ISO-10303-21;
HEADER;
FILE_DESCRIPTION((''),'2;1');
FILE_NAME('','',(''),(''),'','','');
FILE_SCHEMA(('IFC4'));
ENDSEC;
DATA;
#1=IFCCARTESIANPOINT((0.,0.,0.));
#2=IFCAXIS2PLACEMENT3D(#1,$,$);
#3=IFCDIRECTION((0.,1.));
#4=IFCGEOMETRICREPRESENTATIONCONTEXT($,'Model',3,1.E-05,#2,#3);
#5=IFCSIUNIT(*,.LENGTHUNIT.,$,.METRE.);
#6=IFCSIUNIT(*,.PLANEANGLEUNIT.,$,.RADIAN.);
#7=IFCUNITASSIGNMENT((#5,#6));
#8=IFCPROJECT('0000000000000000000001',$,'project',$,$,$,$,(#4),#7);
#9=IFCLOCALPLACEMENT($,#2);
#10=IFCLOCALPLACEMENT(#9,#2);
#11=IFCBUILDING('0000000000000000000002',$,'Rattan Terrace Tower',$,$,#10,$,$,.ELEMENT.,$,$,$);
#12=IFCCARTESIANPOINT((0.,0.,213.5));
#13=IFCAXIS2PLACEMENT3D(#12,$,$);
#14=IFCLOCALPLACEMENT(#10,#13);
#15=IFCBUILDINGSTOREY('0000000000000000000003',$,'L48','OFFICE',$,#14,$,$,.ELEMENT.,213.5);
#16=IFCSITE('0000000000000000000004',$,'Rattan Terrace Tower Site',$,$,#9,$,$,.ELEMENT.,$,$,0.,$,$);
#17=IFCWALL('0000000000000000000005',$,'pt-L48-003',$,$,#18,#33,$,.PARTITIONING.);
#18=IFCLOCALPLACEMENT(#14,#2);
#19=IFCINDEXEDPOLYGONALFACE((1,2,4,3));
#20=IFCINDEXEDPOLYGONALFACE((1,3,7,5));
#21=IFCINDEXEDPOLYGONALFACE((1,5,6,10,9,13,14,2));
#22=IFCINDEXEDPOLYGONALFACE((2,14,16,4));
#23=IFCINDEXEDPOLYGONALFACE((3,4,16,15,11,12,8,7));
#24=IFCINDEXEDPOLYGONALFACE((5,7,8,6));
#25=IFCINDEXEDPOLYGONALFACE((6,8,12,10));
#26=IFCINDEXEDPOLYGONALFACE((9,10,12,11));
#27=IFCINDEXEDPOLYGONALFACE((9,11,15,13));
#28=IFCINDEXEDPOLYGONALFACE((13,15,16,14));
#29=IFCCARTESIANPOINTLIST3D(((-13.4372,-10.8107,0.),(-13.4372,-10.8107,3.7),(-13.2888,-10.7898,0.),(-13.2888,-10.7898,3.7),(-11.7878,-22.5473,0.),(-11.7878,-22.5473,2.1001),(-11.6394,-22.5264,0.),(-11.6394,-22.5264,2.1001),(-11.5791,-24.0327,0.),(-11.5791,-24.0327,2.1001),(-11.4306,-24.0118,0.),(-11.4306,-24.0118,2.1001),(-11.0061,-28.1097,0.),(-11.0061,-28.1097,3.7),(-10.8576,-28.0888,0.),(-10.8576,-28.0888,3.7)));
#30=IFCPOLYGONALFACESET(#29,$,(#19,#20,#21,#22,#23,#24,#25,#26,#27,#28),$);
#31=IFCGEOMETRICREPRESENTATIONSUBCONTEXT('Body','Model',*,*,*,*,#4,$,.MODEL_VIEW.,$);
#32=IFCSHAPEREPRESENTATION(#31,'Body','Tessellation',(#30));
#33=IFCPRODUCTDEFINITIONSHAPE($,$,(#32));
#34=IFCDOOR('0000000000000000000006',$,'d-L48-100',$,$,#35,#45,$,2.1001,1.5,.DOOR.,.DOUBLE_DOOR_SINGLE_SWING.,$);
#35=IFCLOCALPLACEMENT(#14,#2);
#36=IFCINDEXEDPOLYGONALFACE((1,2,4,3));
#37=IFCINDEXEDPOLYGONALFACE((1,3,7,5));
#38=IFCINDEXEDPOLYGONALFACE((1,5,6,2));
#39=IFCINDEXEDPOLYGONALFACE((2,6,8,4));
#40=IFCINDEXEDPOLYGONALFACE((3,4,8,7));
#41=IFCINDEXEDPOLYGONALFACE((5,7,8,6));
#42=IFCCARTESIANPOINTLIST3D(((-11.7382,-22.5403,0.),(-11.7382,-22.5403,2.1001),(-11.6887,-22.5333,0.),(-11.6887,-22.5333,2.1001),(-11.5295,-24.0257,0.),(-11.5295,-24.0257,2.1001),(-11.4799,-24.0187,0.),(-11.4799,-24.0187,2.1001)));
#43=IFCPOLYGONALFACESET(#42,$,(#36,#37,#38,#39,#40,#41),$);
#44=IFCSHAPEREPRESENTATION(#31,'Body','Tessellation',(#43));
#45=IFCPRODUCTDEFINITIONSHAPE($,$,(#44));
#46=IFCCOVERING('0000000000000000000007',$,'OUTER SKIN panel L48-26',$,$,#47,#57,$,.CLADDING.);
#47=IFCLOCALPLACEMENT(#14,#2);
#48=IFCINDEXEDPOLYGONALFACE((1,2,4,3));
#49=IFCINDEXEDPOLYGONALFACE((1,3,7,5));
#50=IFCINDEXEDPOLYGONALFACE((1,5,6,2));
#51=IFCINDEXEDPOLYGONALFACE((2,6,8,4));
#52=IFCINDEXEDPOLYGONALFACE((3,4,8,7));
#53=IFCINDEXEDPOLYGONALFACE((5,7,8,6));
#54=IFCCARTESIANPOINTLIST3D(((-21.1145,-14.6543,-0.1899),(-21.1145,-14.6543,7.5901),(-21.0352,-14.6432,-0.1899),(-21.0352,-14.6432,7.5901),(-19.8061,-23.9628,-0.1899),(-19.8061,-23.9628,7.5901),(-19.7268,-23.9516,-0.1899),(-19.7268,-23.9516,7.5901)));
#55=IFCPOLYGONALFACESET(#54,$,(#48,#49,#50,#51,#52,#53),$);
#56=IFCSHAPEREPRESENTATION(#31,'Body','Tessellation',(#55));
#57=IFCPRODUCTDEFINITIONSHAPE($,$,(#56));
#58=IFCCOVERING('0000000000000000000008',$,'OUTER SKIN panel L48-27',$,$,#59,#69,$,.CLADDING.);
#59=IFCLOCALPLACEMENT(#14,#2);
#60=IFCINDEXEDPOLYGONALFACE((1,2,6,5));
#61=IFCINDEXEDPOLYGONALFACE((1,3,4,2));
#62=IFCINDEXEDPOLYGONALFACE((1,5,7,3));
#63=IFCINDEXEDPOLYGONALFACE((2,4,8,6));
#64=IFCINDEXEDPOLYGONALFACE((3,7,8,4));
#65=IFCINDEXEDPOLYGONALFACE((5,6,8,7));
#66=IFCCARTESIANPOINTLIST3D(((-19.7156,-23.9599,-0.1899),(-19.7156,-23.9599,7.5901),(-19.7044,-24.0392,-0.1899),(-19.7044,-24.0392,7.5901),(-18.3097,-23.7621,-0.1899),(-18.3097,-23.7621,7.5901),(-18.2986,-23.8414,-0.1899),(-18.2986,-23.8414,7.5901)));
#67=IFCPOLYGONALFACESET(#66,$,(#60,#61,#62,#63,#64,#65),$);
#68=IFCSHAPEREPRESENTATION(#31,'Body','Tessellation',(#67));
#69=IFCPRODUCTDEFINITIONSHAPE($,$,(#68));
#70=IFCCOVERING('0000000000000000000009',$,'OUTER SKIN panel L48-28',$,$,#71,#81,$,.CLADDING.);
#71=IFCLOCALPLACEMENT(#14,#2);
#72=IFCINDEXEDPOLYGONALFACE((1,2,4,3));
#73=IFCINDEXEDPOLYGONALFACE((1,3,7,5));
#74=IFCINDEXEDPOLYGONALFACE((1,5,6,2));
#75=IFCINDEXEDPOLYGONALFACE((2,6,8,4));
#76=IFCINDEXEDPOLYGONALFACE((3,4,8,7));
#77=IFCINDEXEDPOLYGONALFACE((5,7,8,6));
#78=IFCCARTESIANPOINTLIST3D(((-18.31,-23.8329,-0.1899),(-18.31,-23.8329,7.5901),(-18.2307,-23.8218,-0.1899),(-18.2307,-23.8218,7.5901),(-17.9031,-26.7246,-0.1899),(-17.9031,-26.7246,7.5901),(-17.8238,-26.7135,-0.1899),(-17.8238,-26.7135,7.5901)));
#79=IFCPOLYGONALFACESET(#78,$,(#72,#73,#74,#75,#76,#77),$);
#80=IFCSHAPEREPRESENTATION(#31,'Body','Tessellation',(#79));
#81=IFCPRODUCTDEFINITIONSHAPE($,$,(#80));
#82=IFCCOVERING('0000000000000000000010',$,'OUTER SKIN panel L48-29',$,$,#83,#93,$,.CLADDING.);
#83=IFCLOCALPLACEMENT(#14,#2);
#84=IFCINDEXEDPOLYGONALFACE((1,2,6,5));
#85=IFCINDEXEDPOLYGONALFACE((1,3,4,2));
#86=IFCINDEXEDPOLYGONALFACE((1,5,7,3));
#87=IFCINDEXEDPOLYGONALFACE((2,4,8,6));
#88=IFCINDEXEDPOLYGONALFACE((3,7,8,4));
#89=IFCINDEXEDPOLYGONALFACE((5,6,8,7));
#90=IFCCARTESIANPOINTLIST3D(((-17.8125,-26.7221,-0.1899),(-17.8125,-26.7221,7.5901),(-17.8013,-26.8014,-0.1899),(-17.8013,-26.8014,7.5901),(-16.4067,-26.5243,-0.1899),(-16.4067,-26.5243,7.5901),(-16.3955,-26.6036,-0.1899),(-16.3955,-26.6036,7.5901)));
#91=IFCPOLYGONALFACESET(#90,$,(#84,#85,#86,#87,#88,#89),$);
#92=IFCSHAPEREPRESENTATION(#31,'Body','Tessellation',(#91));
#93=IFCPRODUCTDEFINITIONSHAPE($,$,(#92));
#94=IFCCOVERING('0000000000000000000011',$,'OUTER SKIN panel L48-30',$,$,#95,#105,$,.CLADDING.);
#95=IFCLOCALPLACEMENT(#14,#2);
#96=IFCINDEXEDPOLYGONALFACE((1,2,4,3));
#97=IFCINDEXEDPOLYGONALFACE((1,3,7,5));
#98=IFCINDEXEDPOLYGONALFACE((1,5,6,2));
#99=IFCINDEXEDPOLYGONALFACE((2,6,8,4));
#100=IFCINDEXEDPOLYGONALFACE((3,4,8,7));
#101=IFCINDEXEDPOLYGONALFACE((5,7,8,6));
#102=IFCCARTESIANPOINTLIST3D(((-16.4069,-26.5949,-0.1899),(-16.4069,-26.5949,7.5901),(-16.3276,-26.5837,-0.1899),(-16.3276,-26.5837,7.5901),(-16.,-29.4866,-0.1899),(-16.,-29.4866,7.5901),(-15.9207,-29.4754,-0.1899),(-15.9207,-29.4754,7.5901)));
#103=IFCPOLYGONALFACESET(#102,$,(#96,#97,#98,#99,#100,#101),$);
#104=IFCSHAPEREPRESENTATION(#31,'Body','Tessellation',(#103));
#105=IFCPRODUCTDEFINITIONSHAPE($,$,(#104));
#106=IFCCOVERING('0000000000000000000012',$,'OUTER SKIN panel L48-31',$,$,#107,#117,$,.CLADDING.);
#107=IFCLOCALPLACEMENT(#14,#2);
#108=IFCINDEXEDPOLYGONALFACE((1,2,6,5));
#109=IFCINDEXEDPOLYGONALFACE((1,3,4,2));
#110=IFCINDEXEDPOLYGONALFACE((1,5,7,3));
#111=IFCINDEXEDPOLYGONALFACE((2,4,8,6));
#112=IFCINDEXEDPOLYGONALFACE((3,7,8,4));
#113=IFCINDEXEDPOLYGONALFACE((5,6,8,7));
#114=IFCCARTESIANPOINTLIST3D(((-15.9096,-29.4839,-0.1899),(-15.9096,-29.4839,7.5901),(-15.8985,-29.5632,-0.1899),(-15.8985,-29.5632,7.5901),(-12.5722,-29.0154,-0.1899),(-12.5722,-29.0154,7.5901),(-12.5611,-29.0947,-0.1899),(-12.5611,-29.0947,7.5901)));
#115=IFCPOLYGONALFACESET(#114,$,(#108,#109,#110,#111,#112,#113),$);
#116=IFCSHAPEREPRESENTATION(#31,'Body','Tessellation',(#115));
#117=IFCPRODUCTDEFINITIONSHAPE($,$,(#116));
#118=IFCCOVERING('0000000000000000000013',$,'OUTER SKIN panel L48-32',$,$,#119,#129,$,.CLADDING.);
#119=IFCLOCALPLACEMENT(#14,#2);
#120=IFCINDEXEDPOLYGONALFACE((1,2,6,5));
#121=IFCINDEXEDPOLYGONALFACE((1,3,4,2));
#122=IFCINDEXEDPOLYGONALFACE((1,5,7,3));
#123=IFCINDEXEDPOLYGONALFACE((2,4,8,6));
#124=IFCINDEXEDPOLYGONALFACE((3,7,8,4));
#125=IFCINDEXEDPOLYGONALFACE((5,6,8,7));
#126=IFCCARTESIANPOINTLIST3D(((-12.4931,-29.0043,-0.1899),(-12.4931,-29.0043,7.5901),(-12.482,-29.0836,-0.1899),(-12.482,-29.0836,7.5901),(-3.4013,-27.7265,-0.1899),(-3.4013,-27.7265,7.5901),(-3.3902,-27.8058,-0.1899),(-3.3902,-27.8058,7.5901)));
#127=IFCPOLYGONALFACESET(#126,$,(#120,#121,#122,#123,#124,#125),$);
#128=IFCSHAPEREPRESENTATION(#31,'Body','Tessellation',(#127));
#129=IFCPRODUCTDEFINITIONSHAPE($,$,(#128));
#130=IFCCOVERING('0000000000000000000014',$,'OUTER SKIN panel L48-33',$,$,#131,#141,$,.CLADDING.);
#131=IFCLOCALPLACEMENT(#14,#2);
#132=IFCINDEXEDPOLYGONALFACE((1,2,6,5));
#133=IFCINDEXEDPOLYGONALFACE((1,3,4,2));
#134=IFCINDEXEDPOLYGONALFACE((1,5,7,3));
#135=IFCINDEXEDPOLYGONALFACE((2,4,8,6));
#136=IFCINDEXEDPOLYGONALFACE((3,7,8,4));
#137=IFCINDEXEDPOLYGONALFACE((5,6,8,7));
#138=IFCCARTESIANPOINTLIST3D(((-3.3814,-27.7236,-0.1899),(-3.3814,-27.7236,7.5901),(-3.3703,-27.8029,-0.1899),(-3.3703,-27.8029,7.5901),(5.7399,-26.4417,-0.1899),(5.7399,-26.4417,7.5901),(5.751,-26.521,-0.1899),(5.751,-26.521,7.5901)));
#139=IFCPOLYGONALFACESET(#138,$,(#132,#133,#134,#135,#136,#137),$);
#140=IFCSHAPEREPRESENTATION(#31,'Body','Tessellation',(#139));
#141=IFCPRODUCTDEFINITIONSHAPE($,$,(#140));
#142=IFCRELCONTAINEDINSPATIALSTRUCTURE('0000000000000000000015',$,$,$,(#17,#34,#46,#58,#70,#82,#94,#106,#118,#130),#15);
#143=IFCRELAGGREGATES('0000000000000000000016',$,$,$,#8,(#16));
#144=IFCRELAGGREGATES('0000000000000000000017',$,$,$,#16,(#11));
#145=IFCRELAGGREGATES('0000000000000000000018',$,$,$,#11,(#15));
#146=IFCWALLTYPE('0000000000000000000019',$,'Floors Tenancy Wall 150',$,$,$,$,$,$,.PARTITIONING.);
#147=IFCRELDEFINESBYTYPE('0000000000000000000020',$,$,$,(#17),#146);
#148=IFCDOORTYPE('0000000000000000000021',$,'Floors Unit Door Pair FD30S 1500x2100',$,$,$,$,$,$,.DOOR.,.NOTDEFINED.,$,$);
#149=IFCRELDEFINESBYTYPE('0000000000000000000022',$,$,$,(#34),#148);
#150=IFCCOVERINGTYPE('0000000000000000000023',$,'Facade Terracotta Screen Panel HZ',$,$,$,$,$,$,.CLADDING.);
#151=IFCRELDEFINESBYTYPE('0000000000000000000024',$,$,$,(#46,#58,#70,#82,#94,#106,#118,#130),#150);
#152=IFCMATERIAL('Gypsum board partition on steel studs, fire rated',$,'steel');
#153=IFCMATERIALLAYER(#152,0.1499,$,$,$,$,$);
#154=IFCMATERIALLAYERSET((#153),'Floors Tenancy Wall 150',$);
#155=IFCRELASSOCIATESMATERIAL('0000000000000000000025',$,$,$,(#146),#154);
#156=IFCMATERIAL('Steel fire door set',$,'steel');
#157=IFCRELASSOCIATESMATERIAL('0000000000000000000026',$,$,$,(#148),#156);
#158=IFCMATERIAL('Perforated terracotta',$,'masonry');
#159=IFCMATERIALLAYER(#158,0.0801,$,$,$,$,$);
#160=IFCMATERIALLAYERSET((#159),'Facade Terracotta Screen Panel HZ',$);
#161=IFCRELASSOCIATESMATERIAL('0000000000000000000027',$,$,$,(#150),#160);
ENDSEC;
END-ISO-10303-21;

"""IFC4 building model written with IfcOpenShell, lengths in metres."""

from ifc_helpers import new_model, si_unit, direction, frame, frame_2d, origin, origin_2d, place, context, subcontext, project, spatial, rectangle, extrude, material, layer, layer_set, type_object, element, fill, save


model = new_model("IFC4")

# Units and contexts
model_context = context("Model", 3, precision=1e-05, world=origin(), true_north=direction((0.0, 1.0)))
body_context = subcontext(model_context, "Body", "Model", "MODEL_VIEW")
ifc_project = project(units=[si_unit("LENGTHUNIT", "METRE"), si_unit("PLANEANGLEUNIT", "RADIAN")], contexts=[model_context])

# Site, building, storey
site_placement = place(None, origin())
site = spatial("IfcSite", under=ifc_project, at=site_placement, Name="Rattan Terrace Tower Site", CompositionType="ELEMENT", RefElevation=0.0)
building_placement = place(site_placement, origin())
building = spatial("IfcBuilding", under=site, at=building_placement, Name="Rattan Terrace Tower", CompositionType="ELEMENT")
storey_placement = place(building_placement, frame((0.0, 0.0, 213.5)))
storey = spatial("IfcBuildingStorey", under=building, at=storey_placement, Name="L48", Description="OFFICE", CompositionType="ELEMENT", Elevation=213.5)

# Wall, opening, door
ifc_material_1 = material(Name="Gypsum board partition on steel studs, fire rated", Category="steel")
ifc_layer_1 = layer(ifc_material_1, 0.1499)
ifc_layer_set_1 = layer_set([ifc_layer_1], Name="Floors Tenancy Wall 150")
wall_type_1 = type_object("IfcWallType", Name="Floors Tenancy Wall 150", PredefinedType="PARTITIONING", material=ifc_layer_set_1)
wall_1_placement = place(storey_placement, frame((-10.9319, -28.0991, 0.0), z_axis=(0.0, 0.0, 1.0), x_axis=(-0.139169, 0.990269, 0.0)))
wall_1 = element("IfcWall", 1, at=wall_1_placement, inside=storey, type_object=wall_type_1, Name="pt-L48-003", PredefinedType="PARTITIONING", context=body_context, shape_type="SweptSolid", body=[
    extrude(rectangle(XDim=17.469, YDim=0.1499, at=frame_2d((8.7344, 0.0))), origin(), (0.0, 0.0, 1.0), 3.7),
])
opening_placement = place(wall_1_placement, frame((4.1169, 0.0, 0.0)))
opening = element("IfcOpeningElement", 2, at=opening_placement, cuts=wall_1, PredefinedType="OPENING", context=body_context, shape_type="SweptSolid", body=[
    extrude(rectangle(XDim=1.5, YDim=2.1001, at=frame_2d((0.75, 1.05))), frame((0.0, 0.0854, 0.0), z_axis=(0.0, -1.0, 0.0), x_axis=(1.0, 0.0, 0.0)), (0.0, 0.0, 1.0), 0.1709),
])
ifc_material_2 = material(Name="Steel fire door set", Category="steel")
door_type = type_object("IfcDoorType", Name="Floors Unit Door Pair FD30S 1500x2100", OperationType="NOTDEFINED", PredefinedType="DOOR", material=ifc_material_2)
door_placement = place(opening_placement, origin())
door = element("IfcDoor", 3, at=door_placement, inside=storey, type_object=door_type, Name="d-L48-100", OperationType="DOUBLE_DOOR_SINGLE_SWING", OverallHeight=2.1001, OverallWidth=1.5, PredefinedType="DOOR", context=body_context, shape_type="SweptSolid", body=[
    extrude(rectangle(XDim=1.5, YDim=2.1001, at=frame_2d((0.75, 1.05))), frame((0.0, 0.0249, 0.0), z_axis=(0.0, -1.0, 0.0), x_axis=(1.0, 0.0, 0.0)), (0.0, 0.0, 1.0), 0.05),
])
fill(opening, door)

# Coverings
ifc_material_3 = material(Name="Perforated terracotta", Category="masonry")
ifc_layer_2 = layer(ifc_material_3, 0.0801)
ifc_layer_set_2 = layer_set([ifc_layer_2], Name="Facade Terracotta Screen Panel HZ")
covering_type = type_object("IfcCoveringType", Name="Facade Terracotta Screen Panel HZ", PredefinedType="CLADDING", material=ifc_layer_set_2)
covering_1_placement = place(storey_placement, frame((-20.4207, -19.303, -0.1899), z_axis=(0.0, 0.0, 1.0), x_axis=(0.139186, -0.990266, 0.0)))
element("IfcCovering", 4, at=covering_1_placement, inside=storey, type_object=covering_type, Name="OUTER SKIN panel L48-26", PredefinedType="CLADDING", context=body_context, shape_type="SweptSolid", body=[
    extrude(rectangle(XDim=9.3999, YDim=0.0801, at=origin_2d()), origin(), (0.0, 0.0, 1.0), 7.78),
])
covering_2_placement = place(storey_placement, frame((-19.0071, -23.9006, -0.1899), z_axis=(0.0, 0.0, 1.0), x_axis=(0.990241, 0.139367, 0.0)))
element("IfcCovering", 5, at=covering_2_placement, inside=storey, type_object=covering_type, Name="OUTER SKIN panel L48-27", PredefinedType="CLADDING", context=body_context, shape_type="SweptSolid", body=[
    extrude(rectangle(XDim=1.4197, YDim=0.0801, at=origin_2d()), origin(), (0.0, 0.0, 1.0), 7.78),
])
covering_3_placement = place(storey_placement, frame((-18.0669, -25.2732, -0.1899), z_axis=(0.0, 0.0, 1.0), x_axis=(0.139321, -0.990247, 0.0)))
element("IfcCovering", 6, at=covering_3_placement, inside=storey, type_object=covering_type, Name="OUTER SKIN panel L48-28", PredefinedType="CLADDING", context=body_context, shape_type="SweptSolid", body=[
    extrude(rectangle(XDim=2.9202, YDim=0.0801, at=origin_2d()), origin(), (0.0, 0.0, 1.0), 7.78),
])
covering_4_placement = place(storey_placement, frame((-17.104, -26.6628, -0.1899), z_axis=(0.0, 0.0, 1.0), x_axis=(0.990241, 0.139367, 0.0)))
element("IfcCovering", 7, at=covering_4_placement, inside=storey, type_object=covering_type, Name="OUTER SKIN panel L48-29", PredefinedType="CLADDING", context=body_context, shape_type="SweptSolid", body=[
    extrude(rectangle(XDim=1.4197, YDim=0.0801, at=origin_2d()), origin(), (0.0, 0.0, 1.0), 7.78),
])
covering_5_placement = place(storey_placement, frame((-16.1638, -28.0352, -0.1899), z_axis=(0.0, 0.0, 1.0), x_axis=(0.139321, -0.990247, 0.0)))
element("IfcCovering", 8, at=covering_5_placement, inside=storey, type_object=covering_type, Name="OUTER SKIN panel L48-30", PredefinedType="CLADDING", context=body_context, shape_type="SweptSolid", body=[
    extrude(rectangle(XDim=2.9202, YDim=0.0801, at=origin_2d()), origin(), (0.0, 0.0, 1.0), 7.78),
])
covering_6_placement = place(storey_placement, frame((-14.2354, -29.2893, -0.1899), z_axis=(0.0, 0.0, 1.0), x_axis=(0.990293, 0.138994, 0.0)))
element("IfcCovering", 9, at=covering_6_placement, inside=storey, type_object=covering_type, Name="OUTER SKIN panel L48-31", PredefinedType="CLADDING", context=body_context, shape_type="SweptSolid", body=[
    extrude(rectangle(XDim=3.3701, YDim=0.0801, at=origin_2d()), origin(), (0.0, 0.0, 1.0), 7.78),
])
covering_7_placement = place(storey_placement, frame((-7.9417, -28.405, -0.1899), z_axis=(0.0, 0.0, 1.0), x_axis=(0.990267, 0.139177, 0.0)))
element("IfcCovering", 10, at=covering_7_placement, inside=storey, type_object=covering_type, Name="OUTER SKIN panel L48-32", PredefinedType="CLADDING", context=body_context, shape_type="SweptSolid", body=[
    extrude(rectangle(XDim=9.1812, YDim=0.0801, at=origin_2d()), origin(), (0.0, 0.0, 1.0), 7.78),
])
covering_8_placement = place(storey_placement, frame((1.1848, -27.1223, -0.1899), z_axis=(0.0, 0.0, 1.0), x_axis=(0.990267, 0.139177, 0.0)))
element("IfcCovering", 11, at=covering_8_placement, inside=storey, type_object=covering_type, Name="OUTER SKIN panel L48-33", PredefinedType="CLADDING", context=body_context, shape_type="SweptSolid", body=[
    extrude(rectangle(XDim=9.2109, YDim=0.0801, at=origin_2d()), origin(), (0.0, 0.0, 1.0), 7.78),
])

save(model, "model.ifc")
